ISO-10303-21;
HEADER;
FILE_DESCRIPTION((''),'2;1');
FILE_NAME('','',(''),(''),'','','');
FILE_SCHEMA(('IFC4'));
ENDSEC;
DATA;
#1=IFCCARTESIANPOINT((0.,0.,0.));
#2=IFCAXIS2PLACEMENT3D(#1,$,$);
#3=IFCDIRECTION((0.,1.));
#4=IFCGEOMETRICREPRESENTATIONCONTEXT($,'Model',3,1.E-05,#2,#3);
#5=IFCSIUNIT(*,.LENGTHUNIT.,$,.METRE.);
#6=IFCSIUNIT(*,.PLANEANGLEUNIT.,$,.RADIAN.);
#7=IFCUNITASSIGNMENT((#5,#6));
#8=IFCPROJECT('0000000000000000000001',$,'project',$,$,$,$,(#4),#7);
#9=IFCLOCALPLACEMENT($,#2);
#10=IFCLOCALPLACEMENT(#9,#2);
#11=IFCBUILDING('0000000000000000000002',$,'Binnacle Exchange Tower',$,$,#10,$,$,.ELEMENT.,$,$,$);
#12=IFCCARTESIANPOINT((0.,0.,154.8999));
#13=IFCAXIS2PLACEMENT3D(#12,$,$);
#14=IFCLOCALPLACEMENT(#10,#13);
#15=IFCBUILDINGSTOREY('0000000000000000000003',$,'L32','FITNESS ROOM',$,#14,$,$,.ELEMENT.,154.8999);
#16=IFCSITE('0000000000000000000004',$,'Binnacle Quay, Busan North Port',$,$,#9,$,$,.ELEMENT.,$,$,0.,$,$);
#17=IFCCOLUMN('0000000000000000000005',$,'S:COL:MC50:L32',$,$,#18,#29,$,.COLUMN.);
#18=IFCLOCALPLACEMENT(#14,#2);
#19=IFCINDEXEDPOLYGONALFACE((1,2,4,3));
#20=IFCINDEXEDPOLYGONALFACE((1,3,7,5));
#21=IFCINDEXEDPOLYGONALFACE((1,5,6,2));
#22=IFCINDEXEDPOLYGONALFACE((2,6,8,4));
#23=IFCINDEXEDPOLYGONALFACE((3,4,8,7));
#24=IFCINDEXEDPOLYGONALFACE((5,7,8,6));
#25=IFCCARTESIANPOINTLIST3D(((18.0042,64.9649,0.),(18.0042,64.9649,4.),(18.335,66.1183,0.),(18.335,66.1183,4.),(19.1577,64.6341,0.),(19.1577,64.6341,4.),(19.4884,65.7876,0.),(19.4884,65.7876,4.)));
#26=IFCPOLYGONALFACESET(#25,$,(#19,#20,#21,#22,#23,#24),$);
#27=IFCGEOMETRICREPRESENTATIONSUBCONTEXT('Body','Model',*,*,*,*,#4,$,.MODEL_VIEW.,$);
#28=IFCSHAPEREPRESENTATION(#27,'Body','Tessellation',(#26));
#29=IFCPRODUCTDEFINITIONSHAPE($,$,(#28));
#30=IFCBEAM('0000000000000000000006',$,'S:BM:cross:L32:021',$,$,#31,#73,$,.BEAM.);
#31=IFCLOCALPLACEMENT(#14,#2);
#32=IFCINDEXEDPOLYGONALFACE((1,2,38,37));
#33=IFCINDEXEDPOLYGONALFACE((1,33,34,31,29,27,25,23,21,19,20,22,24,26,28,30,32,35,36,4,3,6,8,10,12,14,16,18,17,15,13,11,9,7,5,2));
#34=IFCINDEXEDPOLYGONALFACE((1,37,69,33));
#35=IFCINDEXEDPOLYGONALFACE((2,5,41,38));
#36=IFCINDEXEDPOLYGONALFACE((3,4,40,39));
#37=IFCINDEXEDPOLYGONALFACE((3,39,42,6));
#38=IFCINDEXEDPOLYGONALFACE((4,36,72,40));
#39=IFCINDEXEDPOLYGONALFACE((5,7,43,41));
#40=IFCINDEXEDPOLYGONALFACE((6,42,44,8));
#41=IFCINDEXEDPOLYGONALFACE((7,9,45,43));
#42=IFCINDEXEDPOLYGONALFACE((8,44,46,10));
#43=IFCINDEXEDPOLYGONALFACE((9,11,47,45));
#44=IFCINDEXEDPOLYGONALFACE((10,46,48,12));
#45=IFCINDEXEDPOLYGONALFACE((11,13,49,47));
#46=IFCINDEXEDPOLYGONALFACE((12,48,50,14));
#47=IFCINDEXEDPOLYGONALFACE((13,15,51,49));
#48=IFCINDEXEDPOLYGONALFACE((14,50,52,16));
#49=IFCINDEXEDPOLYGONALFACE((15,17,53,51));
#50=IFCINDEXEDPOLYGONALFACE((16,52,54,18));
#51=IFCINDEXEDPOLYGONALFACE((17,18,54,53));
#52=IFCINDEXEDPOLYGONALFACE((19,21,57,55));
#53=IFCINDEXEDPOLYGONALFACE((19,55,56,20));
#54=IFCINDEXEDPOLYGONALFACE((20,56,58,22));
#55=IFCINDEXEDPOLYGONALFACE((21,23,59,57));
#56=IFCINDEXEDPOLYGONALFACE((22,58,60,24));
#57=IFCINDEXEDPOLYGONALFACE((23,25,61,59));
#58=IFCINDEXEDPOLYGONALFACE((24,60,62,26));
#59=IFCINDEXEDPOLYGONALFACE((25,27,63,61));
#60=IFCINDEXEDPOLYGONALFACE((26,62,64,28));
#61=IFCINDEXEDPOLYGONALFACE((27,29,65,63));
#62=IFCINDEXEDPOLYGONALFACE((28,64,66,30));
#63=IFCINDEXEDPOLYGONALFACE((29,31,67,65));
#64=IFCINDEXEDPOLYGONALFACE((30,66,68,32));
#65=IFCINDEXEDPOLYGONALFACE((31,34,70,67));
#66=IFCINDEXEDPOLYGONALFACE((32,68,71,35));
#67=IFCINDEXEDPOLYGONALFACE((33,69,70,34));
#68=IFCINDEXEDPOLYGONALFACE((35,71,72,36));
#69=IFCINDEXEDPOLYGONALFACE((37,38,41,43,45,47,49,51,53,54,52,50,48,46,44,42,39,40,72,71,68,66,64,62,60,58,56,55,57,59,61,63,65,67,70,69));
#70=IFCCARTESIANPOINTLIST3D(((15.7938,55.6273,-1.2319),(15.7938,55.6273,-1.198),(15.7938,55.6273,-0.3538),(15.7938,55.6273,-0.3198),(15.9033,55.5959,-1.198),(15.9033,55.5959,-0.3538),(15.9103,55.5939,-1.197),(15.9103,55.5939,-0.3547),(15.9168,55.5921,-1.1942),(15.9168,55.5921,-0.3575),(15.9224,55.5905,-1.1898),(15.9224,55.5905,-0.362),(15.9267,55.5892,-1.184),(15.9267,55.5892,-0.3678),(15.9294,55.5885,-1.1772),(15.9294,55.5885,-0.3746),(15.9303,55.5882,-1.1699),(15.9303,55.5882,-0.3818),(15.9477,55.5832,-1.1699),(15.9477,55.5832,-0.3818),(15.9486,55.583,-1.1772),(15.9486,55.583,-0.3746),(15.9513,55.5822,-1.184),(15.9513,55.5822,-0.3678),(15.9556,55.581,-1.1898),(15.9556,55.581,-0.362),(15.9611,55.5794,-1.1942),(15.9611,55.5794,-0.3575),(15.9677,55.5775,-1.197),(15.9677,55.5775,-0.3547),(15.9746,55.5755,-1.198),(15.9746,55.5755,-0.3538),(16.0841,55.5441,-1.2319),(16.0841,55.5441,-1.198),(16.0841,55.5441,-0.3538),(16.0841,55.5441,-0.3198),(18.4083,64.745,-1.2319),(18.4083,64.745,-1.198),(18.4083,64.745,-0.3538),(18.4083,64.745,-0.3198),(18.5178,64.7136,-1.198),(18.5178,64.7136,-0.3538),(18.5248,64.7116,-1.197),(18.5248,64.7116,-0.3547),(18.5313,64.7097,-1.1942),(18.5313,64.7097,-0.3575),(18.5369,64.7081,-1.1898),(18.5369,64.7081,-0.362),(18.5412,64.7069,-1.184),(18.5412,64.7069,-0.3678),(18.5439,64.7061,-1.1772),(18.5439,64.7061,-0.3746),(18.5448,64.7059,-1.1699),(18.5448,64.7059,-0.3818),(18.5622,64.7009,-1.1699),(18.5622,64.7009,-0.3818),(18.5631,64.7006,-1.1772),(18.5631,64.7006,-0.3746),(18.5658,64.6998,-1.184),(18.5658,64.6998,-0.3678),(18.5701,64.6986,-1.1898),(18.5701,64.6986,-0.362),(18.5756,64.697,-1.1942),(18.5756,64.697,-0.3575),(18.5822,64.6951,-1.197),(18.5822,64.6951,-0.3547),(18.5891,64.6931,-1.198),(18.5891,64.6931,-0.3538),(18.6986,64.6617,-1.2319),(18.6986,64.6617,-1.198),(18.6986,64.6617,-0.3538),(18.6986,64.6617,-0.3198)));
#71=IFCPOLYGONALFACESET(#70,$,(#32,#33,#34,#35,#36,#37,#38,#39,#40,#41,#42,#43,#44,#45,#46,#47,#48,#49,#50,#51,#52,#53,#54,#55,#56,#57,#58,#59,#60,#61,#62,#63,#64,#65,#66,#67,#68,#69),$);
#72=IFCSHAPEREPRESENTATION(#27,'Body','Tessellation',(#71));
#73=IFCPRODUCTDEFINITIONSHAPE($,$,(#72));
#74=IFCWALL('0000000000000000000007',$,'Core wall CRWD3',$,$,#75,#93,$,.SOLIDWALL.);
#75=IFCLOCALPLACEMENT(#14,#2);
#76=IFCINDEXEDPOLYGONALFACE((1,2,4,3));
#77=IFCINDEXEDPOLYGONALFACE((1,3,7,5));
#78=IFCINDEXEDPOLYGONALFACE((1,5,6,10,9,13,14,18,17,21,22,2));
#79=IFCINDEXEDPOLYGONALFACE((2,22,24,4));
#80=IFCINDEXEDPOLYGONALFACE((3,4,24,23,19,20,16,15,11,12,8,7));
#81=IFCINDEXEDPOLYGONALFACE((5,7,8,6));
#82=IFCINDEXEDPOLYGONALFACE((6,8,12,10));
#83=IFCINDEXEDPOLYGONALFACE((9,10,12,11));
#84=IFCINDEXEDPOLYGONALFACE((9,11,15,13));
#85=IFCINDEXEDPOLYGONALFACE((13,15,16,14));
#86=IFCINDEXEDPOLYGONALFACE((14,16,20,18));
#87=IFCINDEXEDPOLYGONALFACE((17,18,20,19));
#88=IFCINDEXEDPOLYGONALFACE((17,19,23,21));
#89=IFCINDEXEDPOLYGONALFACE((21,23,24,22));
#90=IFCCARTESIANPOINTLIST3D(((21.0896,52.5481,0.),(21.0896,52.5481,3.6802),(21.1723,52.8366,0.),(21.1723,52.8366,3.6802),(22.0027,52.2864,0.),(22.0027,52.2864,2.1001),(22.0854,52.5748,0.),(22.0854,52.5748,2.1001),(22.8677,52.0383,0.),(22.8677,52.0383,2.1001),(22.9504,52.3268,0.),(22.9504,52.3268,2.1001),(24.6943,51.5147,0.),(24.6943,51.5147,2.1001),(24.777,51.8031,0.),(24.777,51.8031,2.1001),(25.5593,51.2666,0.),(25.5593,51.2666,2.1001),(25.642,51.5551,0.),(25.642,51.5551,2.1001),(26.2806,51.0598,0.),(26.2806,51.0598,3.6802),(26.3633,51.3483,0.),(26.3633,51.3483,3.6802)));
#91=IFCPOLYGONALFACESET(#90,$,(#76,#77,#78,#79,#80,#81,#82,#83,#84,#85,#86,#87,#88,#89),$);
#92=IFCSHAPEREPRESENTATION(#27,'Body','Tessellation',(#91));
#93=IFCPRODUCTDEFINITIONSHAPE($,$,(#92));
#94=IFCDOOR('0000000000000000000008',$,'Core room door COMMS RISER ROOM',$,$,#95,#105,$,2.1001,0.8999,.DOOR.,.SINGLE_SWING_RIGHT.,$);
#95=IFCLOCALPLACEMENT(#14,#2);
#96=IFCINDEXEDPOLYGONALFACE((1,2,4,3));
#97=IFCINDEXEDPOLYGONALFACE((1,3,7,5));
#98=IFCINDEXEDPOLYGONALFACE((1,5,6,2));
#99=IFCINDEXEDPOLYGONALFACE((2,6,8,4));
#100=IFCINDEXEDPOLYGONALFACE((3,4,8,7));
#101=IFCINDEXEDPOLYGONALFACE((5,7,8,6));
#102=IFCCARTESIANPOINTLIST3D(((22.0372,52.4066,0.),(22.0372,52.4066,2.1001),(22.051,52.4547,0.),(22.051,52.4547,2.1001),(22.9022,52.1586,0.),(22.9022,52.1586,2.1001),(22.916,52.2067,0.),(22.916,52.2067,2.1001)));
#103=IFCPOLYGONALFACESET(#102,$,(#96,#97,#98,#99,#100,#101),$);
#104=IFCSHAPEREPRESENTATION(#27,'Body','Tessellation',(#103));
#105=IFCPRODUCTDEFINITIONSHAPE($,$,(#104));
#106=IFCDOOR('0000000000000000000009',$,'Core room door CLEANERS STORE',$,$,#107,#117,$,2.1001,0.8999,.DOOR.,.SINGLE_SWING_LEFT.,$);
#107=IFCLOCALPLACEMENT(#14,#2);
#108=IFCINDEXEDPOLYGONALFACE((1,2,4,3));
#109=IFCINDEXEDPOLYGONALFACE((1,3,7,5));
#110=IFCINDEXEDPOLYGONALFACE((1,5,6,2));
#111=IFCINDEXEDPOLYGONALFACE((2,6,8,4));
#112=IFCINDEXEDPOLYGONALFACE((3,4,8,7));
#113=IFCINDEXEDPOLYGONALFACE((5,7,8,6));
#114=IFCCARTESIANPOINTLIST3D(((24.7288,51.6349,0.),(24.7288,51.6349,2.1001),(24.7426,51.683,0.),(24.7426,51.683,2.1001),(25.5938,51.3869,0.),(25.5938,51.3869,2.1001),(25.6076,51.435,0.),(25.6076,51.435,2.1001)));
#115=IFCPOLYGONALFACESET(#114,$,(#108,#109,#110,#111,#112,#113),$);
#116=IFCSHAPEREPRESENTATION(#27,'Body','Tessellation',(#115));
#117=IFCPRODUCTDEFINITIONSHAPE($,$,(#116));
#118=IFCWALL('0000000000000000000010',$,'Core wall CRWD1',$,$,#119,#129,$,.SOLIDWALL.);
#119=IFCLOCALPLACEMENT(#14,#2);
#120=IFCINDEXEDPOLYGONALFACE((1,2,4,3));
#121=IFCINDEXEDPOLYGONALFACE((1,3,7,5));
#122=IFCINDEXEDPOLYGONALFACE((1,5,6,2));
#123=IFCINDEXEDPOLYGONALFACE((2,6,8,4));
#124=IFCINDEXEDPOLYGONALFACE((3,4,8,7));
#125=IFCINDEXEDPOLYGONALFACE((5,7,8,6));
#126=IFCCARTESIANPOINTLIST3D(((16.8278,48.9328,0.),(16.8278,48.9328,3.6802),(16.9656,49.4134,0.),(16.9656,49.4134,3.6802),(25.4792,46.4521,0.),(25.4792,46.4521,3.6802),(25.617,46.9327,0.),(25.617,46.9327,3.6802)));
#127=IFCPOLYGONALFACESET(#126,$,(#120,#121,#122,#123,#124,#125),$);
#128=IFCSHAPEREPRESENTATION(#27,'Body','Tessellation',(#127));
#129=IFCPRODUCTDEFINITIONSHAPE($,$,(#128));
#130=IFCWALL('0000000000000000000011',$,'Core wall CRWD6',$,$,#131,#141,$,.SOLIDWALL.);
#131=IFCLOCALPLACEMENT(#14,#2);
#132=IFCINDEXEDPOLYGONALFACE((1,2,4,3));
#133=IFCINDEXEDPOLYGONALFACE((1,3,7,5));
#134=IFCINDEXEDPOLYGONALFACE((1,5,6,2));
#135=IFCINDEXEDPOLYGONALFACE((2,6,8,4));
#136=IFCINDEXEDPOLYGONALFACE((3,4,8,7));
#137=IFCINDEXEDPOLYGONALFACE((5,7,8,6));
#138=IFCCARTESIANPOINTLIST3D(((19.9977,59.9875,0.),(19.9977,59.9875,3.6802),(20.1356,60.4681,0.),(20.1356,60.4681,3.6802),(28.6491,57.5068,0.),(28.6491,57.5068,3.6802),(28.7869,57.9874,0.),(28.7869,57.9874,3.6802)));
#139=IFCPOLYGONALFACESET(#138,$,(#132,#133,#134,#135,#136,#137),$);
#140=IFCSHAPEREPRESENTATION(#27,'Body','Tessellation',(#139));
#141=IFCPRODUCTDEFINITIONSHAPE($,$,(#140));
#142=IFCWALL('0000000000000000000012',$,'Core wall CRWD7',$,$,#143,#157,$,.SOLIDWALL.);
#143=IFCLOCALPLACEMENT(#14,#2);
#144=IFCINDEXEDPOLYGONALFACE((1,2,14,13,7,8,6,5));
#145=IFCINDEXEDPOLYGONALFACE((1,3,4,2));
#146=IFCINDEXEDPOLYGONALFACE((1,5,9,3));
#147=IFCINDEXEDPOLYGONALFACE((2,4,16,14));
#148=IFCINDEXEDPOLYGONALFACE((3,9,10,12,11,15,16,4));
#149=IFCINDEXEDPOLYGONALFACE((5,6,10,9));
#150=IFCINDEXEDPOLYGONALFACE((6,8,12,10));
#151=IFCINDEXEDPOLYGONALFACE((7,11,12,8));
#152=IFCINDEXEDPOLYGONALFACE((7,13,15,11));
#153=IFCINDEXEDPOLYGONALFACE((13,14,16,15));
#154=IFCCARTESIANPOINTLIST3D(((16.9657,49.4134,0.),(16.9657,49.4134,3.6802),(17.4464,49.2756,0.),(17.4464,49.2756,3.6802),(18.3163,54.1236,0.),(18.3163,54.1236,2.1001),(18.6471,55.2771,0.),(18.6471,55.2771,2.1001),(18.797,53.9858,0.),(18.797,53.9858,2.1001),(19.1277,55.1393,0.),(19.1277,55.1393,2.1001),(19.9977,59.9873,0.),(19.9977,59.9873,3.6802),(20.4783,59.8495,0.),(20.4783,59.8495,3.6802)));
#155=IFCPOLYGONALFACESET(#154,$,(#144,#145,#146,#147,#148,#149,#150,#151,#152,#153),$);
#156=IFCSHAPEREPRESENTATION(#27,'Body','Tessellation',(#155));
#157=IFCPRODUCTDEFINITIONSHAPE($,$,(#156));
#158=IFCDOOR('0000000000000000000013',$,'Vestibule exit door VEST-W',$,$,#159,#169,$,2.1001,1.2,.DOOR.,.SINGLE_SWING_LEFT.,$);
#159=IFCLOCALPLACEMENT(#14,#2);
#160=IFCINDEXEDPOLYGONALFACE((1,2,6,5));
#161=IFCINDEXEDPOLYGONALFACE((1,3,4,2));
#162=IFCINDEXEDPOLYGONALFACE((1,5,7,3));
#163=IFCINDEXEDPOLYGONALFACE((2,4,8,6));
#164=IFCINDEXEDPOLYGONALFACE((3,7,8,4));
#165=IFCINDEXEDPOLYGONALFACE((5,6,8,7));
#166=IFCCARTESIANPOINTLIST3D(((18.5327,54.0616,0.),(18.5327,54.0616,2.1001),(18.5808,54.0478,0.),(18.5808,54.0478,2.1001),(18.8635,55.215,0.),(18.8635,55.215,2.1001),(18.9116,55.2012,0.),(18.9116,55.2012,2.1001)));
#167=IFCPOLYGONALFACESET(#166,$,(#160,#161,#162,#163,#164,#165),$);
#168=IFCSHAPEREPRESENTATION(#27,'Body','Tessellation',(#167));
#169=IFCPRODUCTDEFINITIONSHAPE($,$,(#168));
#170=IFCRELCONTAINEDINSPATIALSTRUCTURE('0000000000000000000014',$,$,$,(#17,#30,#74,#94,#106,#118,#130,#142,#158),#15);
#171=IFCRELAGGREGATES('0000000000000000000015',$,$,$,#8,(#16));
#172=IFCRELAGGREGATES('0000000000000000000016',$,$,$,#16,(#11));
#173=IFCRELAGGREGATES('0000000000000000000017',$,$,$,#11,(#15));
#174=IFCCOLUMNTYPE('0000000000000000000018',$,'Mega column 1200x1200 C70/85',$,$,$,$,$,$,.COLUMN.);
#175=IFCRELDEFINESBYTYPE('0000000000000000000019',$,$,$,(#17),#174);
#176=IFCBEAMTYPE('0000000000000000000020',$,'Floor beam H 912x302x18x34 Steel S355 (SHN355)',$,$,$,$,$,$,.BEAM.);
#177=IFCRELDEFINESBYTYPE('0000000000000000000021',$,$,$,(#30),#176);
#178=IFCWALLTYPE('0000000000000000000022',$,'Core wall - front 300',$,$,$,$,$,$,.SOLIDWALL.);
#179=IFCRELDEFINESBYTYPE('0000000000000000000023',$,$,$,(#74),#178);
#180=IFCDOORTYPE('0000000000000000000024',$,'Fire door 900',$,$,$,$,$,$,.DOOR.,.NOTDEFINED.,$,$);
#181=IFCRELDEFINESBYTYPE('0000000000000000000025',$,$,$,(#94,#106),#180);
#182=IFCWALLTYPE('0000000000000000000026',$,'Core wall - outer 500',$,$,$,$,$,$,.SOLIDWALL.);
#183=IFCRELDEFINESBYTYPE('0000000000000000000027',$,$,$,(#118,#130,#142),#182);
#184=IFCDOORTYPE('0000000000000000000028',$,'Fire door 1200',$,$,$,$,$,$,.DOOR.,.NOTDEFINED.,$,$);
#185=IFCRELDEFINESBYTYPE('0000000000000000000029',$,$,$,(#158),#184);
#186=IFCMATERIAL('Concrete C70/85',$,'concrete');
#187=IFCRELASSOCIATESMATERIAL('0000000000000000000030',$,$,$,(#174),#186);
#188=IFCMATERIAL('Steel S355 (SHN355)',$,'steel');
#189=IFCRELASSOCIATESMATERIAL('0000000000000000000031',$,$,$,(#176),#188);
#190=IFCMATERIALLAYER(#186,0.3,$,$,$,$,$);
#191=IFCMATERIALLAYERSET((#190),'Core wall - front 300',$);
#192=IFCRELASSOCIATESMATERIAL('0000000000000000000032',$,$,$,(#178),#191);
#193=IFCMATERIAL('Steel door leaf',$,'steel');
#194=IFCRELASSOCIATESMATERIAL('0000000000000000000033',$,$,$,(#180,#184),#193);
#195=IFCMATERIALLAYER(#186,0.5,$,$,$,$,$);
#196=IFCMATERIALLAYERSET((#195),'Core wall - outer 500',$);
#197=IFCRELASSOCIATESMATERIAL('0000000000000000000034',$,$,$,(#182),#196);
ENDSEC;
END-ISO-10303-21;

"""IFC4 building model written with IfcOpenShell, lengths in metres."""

from ifc_helpers import new_model, si_unit, direction, frame, frame_2d, origin, origin_2d, place, context, subcontext, project, spatial, rectangle, i_section, extrude, material, layer, layer_set, material_profile, profile_set, type_object, element, fill, save


model = new_model("IFC4")

# Units and contexts
model_context = context("Model", 3, precision=1e-05, world=origin(), true_north=direction((0.0, 1.0)))
body_context = subcontext(model_context, "Body", "Model", "MODEL_VIEW")
ifc_project = project(units=[si_unit("LENGTHUNIT", "METRE"), si_unit("PLANEANGLEUNIT", "RADIAN")], contexts=[model_context])

# Site, building, storey
site_placement = place(None, origin())
site = spatial("IfcSite", under=ifc_project, at=site_placement, Name="Binnacle Quay, Busan North Port", CompositionType="ELEMENT", RefElevation=0.0)
building_placement = place(site_placement, origin())
building = spatial("IfcBuilding", under=site, at=building_placement, Name="Binnacle Exchange Tower", CompositionType="ELEMENT")
storey_placement = place(building_placement, frame((0.0, 0.0, 154.8999)))
storey = spatial("IfcBuildingStorey", under=building, at=storey_placement, Name="L32", Description="FITNESS ROOM", CompositionType="ELEMENT", Elevation=154.8999)

# Column
ifc_material_1 = material(Name="Concrete C70/85", Category="concrete")
ifc_material_profile_1 = material_profile(ifc_material_1, rectangle(XDim=1.2, YDim=1.2, at=origin_2d()), Name="Mega column 1200x1200 C70/85")
ifc_profile_set_1 = profile_set([ifc_material_profile_1], Name="Concrete C70/85")
column_type = type_object("IfcColumnType", Name="Mega column 1200x1200 C70/85", PredefinedType="COLUMN", material=ifc_profile_set_1)
column_placement = place(storey_placement, frame((18.7463, 65.3762, 0.0), z_axis=(0.0, 0.0, 1.0), x_axis=(-0.961262, 0.275637, 0.0)))
element("IfcColumn", 1, at=column_placement, inside=storey, type_object=column_type, Name="S:COL:MC50:L32", PredefinedType="COLUMN", context=body_context, shape_type="SweptSolid", body=[
    extrude(rectangle(XDim=1.2, YDim=1.2, at=origin_2d()), origin(), (0.0, 0.0, 1.0), 4.0),
])

# Beam
ifc_material_2 = material(Name="Steel S355 (SHN355)", Category="steel")
ifc_material_profile_2 = material_profile(ifc_material_2, i_section(OverallWidth=0.302, OverallDepth=0.9121, WebThickness=0.0181, FlangeThickness=0.0339, FilletRadius=0.0281, at=origin_2d()), Name="H 912x302x18x34")
ifc_profile_set_2 = profile_set([ifc_material_profile_2], Name="Steel S355 (SHN355)")
beam_type = type_object("IfcBeamType", Name="Floor beam H 912x302x18x34 Steel S355 (SHN355)", PredefinedType="BEAM", material=ifc_profile_set_2)
beam_placement = place(storey_placement, frame((18.5535, 64.7034, -0.7759), z_axis=(-0.275642, -0.96126, 0.0), x_axis=(0.96126, -0.275642, 0.0)))
element("IfcBeam", 2, at=beam_placement, inside=storey, type_object=beam_type, Name="S:BM:cross:L32:021", PredefinedType="BEAM", context=body_context, shape_type="SweptSolid", body=[
    extrude(i_section(OverallWidth=0.302, OverallDepth=0.9121, WebThickness=0.0181, FlangeThickness=0.0339, FilletRadius=0.0281, at=origin_2d()), origin(), (0.0, 0.0, 1.0), 9.4851),
])

# Wall, openings, doors
ifc_layer_1 = layer(ifc_material_1, 0.3)
ifc_layer_set_1 = layer_set([ifc_layer_1], Name="Core wall - front 300")
wall_type_1 = type_object("IfcWallType", Name="Core wall - front 300", PredefinedType="SOLIDWALL", material=ifc_layer_set_1)
wall_1_placement = place(storey_placement, frame((21.1309, 52.6924, 0.0), z_axis=(0.0, 0.0, 1.0), x_axis=(0.961271, -0.275605, 0.0)))
wall_1 = element("IfcWall", 3, at=wall_1_placement, inside=storey, type_object=wall_type_1, Name="Core wall CRWD3", PredefinedType="SOLIDWALL", context=body_context, shape_type="SweptSolid", body=[
    extrude(rectangle(XDim=5.4001, YDim=0.3, at=frame_2d((2.7002, 0.0))), origin(), (0.0, 0.0, 1.0), 3.6802),
])
opening_1_placement = place(wall_1_placement, frame((0.95, 0.0, 0.0)))
opening_1 = element("IfcOpeningElement", 4, at=opening_1_placement, cuts=wall_1, PredefinedType="OPENING", context=body_context, shape_type="SweptSolid", body=[
    extrude(rectangle(XDim=0.8999, YDim=2.1001, at=frame_2d((0.45, 1.05))), frame((0.0, 0.1599, 0.0), z_axis=(0.0, -1.0, 0.0), x_axis=(1.0, 0.0, 0.0)), (0.0, 0.0, 1.0), 0.3201),
])
opening_2_placement = place(wall_1_placement, frame((3.75, 0.0, 0.0)))
opening_2 = element("IfcOpeningElement", 5, at=opening_2_placement, cuts=wall_1, PredefinedType="OPENING", context=body_context, shape_type="SweptSolid", body=[
    extrude(rectangle(XDim=0.8999, YDim=2.1001, at=frame_2d((0.45, 1.05))), frame((0.0, 0.1599, 0.0), z_axis=(0.0, -1.0, 0.0), x_axis=(1.0, 0.0, 0.0)), (0.0, 0.0, 1.0), 0.3201),
])
ifc_material_3 = material(Name="Steel door leaf", Category="steel")
door_type_1 = type_object("IfcDoorType", Name="Fire door 900", OperationType="NOTDEFINED", PredefinedType="DOOR", material=ifc_material_3)
door_1_placement = place(opening_1_placement, frame((0.8999, 0.0, 0.0), z_axis=(0.0, 0.0, 1.0), x_axis=(-1.0, 0.0, 0.0)))
door_1 = element("IfcDoor", 6, at=door_1_placement, inside=storey, type_object=door_type_1, Name="Core room door COMMS RISER ROOM", OperationType="SINGLE_SWING_RIGHT", OverallHeight=2.1001, OverallWidth=0.8999, PredefinedType="DOOR", context=body_context, shape_type="SweptSolid", body=[
    extrude(rectangle(XDim=0.8999, YDim=2.1001, at=frame_2d((0.45, 1.05))), frame((0.0, 0.0249, 0.0), z_axis=(0.0, -1.0, 0.0), x_axis=(1.0, 0.0, 0.0)), (0.0, 0.0, 1.0), 0.05),
])
fill(opening_1, door_1)
door_2_placement = place(opening_2_placement, frame((0.8999, 0.0, 0.0), z_axis=(0.0, 0.0, 1.0), x_axis=(-1.0, 0.0, 0.0)))
door_2 = element("IfcDoor", 7, at=door_2_placement, inside=storey, type_object=door_type_1, Name="Core room door CLEANERS STORE", OperationType="SINGLE_SWING_LEFT", OverallHeight=2.1001, OverallWidth=0.8999, PredefinedType="DOOR", context=body_context, shape_type="SweptSolid", body=[
    extrude(rectangle(XDim=0.8999, YDim=2.1001, at=frame_2d((0.45, 1.05))), frame((0.0, 0.0249, 0.0), z_axis=(0.0, -1.0, 0.0), x_axis=(1.0, 0.0, 0.0)), (0.0, 0.0, 1.0), 0.05),
])
fill(opening_2, door_2)

# Walls
ifc_layer_2 = layer(ifc_material_1, 0.5)
ifc_layer_set_2 = layer_set([ifc_layer_2], Name="Core wall - outer 500")
wall_type_2 = type_object("IfcWallType", Name="Core wall - outer 500", PredefinedType="SOLIDWALL", material=ifc_layer_set_2)
for number, where, z_axis, x_axis, name in (
    (8, (16.8967, 49.1731, 0.0), (0.0, 0.0, 1.0), (0.961262, -0.275635, 0.0), "Core wall CRWD1"),
    (9, (20.0667, 60.2278, 0.0), (0.0, 0.0, 1.0), (0.961262, -0.275635, 0.0), "Core wall CRWD6"),
):
    element("IfcWall", number, at=place(storey_placement, frame(where, z_axis=z_axis, x_axis=x_axis)), inside=storey, type_object=wall_type_2, Name=name, PredefinedType="SOLIDWALL", context=body_context, shape_type="SweptSolid", body=[
        extrude(rectangle(XDim=9.0, YDim=0.5, at=frame_2d((4.5, 0.0))), origin(), (0.0, 0.0, 1.0), 3.6802),
    ])

# Wall, opening, door
wall_2_placement = place(storey_placement, frame((17.2061, 49.3445, 0.0), z_axis=(0.0, 0.0, 1.0), x_axis=(0.275633, 0.961263, 0.0)))
wall_2 = element("IfcWall", 10, at=wall_2_placement, inside=storey, type_object=wall_type_2, Name="Core wall CRWD7", PredefinedType="SOLIDWALL", context=body_context, shape_type="SweptSolid", body=[
    extrude(rectangle(XDim=11.0, YDim=0.5, at=frame_2d((5.5, 0.0))), origin(), (0.0, 0.0, 1.0), 3.6802),
])
opening_3_placement = place(wall_2_placement, frame((4.8999, 0.0, 0.0)))
opening_3 = element("IfcOpeningElement", 11, at=opening_3_placement, cuts=wall_2, PredefinedType="OPENING", context=body_context, shape_type="SweptSolid", body=[
    extrude(rectangle(XDim=1.2, YDim=2.1001, at=frame_2d((0.6001, 1.05))), frame((0.0, 0.26, 0.0), z_axis=(0.0, -1.0, 0.0), x_axis=(1.0, 0.0, 0.0)), (0.0, 0.0, 1.0), 0.52),
])
door_type_2 = type_object("IfcDoorType", Name="Fire door 1200", OperationType="NOTDEFINED", PredefinedType="DOOR", material=ifc_material_3)
door_3_placement = place(opening_3_placement, origin())
door_3 = element("IfcDoor", 12, at=door_3_placement, inside=storey, type_object=door_type_2, Name="Vestibule exit door VEST-W", OperationType="SINGLE_SWING_LEFT", OverallHeight=2.1001, OverallWidth=1.2, PredefinedType="DOOR", context=body_context, shape_type="SweptSolid", body=[
    extrude(rectangle(XDim=1.2, YDim=2.1001, at=frame_2d((0.6001, 1.05))), frame((0.0, 0.0249, 0.0), z_axis=(0.0, -1.0, 0.0), x_axis=(1.0, 0.0, 0.0)), (0.0, 0.0, 1.0), 0.05),
])
fill(opening_3, door_3)

save(model, "model.ifc")
